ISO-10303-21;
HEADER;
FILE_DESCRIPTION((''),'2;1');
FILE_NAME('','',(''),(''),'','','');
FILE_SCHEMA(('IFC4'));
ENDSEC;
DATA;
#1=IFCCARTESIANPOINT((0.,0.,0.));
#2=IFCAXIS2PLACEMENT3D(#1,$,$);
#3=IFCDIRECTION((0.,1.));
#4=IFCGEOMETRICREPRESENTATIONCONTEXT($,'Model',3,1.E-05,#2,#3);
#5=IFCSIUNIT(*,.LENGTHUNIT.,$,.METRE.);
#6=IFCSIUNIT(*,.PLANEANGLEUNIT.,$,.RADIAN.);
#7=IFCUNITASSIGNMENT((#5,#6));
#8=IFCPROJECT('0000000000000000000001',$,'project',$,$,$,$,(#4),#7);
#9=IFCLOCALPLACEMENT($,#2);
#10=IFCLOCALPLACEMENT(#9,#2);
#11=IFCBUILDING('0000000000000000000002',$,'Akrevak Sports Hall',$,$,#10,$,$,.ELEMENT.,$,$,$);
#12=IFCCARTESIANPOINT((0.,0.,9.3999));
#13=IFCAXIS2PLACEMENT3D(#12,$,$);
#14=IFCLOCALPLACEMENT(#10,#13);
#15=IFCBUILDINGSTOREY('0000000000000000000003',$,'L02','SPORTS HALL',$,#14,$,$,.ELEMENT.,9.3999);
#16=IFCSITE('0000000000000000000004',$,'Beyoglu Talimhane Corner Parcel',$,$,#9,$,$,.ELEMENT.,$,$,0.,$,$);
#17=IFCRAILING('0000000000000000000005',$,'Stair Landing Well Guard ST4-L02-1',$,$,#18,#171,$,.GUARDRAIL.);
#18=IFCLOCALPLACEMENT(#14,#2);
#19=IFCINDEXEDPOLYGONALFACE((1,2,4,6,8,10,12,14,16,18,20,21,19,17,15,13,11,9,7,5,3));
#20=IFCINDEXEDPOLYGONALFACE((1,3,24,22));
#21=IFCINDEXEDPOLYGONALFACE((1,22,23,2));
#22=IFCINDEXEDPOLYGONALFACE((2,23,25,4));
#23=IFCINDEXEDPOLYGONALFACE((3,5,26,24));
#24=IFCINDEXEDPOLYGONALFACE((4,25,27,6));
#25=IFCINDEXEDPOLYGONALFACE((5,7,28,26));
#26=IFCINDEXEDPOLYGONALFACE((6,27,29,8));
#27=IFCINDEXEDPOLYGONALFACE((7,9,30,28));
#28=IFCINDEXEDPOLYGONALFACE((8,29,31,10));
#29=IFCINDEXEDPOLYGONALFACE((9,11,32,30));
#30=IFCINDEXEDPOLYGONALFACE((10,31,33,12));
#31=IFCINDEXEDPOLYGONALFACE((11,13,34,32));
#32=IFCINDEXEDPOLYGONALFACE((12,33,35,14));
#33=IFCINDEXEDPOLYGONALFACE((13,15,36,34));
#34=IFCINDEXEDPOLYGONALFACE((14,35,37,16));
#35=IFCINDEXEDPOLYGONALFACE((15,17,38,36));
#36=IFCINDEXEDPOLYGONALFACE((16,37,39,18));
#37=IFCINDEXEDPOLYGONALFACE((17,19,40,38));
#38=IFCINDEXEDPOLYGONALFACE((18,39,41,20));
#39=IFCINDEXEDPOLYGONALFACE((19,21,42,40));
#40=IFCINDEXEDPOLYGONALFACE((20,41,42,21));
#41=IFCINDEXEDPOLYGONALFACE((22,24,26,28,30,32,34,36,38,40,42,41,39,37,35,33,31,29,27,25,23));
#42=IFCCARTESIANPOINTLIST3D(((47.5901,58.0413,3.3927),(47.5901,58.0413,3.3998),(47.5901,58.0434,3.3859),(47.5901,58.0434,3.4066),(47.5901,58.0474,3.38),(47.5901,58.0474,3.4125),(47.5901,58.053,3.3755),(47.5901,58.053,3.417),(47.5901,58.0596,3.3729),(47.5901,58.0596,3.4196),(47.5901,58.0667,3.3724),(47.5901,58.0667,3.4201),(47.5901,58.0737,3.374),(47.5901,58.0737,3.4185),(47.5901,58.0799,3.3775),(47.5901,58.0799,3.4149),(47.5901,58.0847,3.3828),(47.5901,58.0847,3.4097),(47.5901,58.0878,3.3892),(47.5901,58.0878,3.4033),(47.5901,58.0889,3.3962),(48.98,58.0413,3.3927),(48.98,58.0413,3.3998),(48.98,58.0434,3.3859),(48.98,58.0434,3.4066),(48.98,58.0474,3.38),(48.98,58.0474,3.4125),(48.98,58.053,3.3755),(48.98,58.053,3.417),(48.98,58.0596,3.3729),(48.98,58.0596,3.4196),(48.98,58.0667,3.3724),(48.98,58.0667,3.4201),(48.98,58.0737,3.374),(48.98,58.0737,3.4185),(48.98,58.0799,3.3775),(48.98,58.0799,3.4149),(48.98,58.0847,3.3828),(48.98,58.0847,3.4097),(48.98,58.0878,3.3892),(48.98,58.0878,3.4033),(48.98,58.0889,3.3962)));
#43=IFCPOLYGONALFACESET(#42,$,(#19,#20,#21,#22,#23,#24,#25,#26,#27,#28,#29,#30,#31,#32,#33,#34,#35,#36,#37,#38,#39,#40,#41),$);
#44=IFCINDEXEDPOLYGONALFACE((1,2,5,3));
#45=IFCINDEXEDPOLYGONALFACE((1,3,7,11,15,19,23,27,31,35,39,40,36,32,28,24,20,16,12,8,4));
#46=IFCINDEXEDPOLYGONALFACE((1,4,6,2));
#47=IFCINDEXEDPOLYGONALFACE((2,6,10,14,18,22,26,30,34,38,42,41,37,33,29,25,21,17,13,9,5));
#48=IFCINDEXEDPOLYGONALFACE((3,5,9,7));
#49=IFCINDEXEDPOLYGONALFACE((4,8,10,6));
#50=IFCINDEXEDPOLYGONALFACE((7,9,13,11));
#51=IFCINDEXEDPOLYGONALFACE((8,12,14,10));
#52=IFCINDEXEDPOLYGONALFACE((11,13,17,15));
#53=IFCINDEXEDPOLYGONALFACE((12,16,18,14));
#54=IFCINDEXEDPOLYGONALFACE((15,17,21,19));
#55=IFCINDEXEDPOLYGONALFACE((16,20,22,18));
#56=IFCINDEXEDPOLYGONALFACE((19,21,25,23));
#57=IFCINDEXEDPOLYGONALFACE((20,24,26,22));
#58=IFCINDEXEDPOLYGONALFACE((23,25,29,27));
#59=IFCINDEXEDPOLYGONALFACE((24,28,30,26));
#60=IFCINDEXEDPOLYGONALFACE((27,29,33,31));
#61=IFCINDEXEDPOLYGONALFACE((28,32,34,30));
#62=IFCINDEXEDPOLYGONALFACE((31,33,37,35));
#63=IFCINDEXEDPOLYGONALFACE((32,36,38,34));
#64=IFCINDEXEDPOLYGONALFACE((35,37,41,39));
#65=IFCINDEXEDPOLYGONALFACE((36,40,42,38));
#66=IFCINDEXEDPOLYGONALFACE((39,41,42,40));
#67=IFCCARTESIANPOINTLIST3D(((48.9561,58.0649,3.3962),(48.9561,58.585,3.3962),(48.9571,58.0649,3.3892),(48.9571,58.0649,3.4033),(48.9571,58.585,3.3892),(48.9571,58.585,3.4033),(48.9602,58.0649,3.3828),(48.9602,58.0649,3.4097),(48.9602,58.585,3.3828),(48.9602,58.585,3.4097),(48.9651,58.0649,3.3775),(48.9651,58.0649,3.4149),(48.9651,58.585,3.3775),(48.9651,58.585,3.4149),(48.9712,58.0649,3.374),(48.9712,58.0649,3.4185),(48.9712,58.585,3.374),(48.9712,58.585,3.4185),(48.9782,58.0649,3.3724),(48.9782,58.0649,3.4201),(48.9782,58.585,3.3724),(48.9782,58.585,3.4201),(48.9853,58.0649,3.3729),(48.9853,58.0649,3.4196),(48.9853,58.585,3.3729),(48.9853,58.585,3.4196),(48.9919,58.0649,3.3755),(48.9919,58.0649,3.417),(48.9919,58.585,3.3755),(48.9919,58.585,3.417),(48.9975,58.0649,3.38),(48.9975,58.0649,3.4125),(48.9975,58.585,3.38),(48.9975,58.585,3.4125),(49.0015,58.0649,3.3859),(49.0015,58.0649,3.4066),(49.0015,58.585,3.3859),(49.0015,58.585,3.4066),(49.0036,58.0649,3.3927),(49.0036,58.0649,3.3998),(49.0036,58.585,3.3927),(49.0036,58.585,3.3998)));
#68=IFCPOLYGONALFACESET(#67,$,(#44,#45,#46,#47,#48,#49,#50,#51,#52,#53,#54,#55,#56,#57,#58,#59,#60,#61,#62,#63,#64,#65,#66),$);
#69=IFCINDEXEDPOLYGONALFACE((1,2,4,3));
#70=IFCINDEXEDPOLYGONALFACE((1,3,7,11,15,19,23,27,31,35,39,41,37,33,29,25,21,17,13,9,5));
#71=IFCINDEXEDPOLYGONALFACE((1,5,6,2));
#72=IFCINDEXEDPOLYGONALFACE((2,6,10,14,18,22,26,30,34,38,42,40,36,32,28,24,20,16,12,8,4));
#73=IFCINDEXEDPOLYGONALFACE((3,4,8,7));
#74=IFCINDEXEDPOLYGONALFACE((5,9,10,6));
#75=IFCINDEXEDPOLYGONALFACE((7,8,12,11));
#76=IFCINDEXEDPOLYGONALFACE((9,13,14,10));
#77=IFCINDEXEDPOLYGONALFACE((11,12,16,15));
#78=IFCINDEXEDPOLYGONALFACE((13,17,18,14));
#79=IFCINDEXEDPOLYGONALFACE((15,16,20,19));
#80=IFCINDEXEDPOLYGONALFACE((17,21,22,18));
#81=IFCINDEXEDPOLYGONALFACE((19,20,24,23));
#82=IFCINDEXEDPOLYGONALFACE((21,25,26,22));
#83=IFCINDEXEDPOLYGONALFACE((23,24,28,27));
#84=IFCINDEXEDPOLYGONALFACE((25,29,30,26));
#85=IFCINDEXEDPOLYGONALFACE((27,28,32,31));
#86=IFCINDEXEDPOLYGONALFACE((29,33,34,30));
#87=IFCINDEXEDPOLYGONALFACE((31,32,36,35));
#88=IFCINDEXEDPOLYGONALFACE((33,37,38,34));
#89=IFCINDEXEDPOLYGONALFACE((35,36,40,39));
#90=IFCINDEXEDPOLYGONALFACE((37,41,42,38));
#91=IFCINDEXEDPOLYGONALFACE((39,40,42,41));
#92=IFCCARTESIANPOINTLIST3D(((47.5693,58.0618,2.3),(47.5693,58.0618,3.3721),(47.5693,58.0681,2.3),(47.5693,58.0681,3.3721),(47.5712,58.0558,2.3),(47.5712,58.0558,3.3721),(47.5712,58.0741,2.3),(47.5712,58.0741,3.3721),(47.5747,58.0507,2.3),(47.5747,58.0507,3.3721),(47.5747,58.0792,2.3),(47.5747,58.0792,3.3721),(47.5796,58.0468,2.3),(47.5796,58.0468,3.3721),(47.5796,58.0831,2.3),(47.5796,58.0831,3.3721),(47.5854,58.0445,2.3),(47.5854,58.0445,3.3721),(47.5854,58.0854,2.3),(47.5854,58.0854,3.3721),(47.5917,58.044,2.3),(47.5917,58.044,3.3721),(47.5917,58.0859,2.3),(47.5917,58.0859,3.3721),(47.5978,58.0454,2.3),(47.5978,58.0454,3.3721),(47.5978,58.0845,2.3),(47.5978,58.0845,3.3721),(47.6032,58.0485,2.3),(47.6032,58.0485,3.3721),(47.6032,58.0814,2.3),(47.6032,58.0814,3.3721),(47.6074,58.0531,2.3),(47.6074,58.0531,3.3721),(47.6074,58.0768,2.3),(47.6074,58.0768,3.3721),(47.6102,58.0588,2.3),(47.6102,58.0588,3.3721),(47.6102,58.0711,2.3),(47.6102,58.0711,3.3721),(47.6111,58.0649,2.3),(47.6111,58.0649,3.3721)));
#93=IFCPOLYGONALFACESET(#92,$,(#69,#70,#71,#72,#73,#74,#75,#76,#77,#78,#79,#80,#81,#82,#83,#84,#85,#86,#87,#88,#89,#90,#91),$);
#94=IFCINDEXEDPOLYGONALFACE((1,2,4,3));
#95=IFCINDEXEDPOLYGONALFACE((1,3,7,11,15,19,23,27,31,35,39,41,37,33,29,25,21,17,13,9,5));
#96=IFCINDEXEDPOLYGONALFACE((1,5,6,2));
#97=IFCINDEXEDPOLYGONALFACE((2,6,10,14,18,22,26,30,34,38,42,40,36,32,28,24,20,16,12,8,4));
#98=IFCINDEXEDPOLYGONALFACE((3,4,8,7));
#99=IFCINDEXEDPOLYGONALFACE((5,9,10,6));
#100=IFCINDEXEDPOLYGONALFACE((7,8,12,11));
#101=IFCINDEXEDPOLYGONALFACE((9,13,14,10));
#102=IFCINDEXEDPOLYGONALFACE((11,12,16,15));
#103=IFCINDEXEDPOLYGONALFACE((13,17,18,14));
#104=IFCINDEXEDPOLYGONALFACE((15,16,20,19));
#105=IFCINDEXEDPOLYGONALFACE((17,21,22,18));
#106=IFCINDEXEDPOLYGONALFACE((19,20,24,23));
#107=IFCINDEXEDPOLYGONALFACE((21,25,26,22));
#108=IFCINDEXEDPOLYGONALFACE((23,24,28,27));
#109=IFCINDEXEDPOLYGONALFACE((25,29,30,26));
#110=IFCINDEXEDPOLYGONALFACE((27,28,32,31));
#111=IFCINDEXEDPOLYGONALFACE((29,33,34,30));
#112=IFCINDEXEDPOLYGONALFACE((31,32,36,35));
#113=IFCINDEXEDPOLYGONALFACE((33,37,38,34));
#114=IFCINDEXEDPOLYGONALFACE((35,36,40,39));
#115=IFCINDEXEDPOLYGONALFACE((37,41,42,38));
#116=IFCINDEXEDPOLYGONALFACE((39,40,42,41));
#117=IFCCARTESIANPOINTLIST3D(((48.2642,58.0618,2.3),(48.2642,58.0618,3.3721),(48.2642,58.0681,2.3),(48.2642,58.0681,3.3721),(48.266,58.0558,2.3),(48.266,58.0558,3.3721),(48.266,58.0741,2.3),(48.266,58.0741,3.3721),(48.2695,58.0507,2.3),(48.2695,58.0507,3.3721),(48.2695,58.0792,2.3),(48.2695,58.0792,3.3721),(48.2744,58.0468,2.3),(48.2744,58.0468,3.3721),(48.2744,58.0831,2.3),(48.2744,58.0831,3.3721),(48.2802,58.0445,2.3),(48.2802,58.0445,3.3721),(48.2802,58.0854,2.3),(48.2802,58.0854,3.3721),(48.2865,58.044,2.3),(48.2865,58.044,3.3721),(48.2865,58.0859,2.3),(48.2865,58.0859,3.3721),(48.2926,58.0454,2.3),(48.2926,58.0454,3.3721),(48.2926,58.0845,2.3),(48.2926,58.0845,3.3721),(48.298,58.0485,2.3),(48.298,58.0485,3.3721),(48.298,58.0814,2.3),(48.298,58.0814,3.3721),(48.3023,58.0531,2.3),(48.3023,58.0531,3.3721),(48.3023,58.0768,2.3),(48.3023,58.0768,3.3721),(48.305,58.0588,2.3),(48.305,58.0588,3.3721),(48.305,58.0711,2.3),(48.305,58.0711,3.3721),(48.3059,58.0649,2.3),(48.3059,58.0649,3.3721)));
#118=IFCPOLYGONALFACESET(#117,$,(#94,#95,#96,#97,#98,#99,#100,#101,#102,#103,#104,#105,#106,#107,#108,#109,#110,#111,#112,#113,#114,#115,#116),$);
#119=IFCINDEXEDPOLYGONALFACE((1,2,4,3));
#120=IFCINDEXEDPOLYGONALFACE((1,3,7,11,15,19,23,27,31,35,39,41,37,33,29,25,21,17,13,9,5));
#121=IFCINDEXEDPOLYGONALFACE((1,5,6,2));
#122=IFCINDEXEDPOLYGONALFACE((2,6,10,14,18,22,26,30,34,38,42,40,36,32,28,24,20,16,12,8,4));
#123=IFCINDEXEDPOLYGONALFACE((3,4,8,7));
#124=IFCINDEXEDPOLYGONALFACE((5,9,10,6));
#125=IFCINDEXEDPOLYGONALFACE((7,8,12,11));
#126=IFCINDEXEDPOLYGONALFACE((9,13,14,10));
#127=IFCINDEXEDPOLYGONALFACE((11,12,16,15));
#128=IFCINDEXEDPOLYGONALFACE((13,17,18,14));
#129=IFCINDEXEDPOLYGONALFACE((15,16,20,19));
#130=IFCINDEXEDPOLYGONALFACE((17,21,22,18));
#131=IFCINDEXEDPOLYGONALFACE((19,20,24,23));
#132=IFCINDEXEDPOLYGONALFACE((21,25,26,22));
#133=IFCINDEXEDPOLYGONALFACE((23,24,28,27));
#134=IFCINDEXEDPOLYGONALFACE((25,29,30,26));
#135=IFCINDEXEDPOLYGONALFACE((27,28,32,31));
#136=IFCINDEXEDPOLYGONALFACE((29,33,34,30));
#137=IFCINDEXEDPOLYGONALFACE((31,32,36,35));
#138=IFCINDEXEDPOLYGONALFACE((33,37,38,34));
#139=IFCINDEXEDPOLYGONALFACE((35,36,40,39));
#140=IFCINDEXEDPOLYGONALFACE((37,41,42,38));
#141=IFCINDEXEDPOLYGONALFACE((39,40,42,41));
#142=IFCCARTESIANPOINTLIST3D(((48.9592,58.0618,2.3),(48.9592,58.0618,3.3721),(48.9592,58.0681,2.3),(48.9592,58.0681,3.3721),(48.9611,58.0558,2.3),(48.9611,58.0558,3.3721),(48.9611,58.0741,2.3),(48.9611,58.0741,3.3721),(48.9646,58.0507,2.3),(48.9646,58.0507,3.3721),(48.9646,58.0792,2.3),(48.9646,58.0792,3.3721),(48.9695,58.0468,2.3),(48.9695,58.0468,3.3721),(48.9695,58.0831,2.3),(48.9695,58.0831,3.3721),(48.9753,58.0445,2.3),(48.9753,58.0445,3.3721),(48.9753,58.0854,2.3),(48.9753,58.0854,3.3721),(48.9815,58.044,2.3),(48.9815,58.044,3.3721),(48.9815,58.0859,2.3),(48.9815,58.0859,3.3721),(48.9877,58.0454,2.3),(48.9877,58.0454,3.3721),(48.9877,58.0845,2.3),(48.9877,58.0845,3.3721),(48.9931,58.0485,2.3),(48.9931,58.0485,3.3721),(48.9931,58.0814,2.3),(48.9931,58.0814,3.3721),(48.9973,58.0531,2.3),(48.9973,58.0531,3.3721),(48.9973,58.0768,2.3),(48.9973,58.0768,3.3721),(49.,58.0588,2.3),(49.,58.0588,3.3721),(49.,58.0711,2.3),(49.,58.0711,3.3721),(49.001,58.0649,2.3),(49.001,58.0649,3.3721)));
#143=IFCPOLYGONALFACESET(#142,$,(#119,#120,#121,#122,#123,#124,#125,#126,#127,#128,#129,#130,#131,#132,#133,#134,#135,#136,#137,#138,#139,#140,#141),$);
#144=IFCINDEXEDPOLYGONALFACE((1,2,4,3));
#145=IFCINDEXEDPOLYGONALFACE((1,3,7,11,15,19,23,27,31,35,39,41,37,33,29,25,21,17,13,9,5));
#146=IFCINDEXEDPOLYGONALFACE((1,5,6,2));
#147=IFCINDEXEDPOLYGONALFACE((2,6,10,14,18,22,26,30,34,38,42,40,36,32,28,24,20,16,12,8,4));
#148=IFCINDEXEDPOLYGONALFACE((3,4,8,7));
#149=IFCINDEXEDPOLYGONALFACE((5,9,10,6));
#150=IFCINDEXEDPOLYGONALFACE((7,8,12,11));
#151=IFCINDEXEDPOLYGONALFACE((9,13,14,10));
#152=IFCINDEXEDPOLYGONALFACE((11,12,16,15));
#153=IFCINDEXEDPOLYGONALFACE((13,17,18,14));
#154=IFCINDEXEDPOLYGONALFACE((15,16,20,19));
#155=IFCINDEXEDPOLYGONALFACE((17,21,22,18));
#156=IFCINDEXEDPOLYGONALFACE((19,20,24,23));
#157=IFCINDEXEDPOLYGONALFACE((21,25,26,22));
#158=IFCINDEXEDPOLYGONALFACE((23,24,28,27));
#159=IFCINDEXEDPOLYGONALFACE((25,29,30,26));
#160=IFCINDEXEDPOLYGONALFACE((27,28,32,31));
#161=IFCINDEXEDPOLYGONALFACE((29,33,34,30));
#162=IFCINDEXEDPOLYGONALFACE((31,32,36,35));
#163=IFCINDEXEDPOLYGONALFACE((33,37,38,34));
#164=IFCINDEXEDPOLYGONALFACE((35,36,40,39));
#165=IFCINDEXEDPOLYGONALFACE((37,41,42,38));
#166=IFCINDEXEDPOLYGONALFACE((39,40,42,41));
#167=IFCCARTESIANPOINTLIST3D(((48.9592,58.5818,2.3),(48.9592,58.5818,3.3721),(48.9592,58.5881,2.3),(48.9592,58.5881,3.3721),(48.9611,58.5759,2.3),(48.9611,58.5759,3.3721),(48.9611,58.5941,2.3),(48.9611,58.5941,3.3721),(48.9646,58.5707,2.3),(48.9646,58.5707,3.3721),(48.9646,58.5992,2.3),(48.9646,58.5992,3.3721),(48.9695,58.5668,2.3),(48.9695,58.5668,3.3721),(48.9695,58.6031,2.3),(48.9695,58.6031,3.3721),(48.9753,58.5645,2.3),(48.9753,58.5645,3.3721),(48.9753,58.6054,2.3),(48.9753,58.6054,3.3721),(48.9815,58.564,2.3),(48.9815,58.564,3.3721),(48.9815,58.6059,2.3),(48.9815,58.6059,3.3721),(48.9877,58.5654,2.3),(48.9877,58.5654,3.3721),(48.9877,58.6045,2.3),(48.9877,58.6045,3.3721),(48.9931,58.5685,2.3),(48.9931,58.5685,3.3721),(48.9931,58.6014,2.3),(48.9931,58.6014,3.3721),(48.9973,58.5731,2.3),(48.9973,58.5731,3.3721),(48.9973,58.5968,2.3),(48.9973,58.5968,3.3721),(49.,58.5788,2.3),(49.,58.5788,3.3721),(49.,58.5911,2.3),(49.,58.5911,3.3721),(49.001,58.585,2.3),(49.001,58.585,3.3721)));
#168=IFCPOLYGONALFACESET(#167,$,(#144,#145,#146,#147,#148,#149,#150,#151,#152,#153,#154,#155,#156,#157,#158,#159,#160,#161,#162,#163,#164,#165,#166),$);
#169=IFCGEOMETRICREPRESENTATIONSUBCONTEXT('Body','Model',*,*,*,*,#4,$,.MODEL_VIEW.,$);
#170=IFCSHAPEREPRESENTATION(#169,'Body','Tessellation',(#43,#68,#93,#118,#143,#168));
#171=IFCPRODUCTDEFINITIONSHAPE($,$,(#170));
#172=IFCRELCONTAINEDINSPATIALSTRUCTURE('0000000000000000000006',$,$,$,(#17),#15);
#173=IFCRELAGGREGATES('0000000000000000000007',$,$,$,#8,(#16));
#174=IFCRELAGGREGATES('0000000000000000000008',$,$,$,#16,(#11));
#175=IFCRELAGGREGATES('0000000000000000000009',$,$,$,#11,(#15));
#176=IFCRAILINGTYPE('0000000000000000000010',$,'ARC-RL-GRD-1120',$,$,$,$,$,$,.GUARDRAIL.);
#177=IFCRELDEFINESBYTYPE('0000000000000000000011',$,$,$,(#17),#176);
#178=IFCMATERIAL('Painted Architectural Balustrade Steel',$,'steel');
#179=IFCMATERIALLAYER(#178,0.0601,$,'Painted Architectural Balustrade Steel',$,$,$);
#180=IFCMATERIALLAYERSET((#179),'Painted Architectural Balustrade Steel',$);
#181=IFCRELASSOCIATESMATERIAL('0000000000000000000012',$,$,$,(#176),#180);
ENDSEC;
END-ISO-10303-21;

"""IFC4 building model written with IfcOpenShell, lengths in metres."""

from ifc_helpers import new_model, si_unit, direction, frame, origin, origin_2d, place, context, subcontext, project, spatial, circle, extrude, material, layer, layer_set, type_object, element, save


model = new_model("IFC4")

# Units and contexts
model_context = context("Model", 3, precision=1e-05, world=origin(), true_north=direction((0.0, 1.0)))
body_context = subcontext(model_context, "Body", "Model", "MODEL_VIEW")
ifc_project = project(units=[si_unit("LENGTHUNIT", "METRE"), si_unit("PLANEANGLEUNIT", "RADIAN")], contexts=[model_context])

# Site, building, storey
site_placement = place(None, origin())
site = spatial("IfcSite", under=ifc_project, at=site_placement, Name="Beyoglu Talimhane Corner Parcel", CompositionType="ELEMENT", RefElevation=0.0)
building_placement = place(site_placement, origin())
building = spatial("IfcBuilding", under=site, at=building_placement, Name="Akrevak Sports Hall", CompositionType="ELEMENT")
storey_placement = place(building_placement, frame((0.0, 0.0, 9.3999)))
storey = spatial("IfcBuildingStorey", under=building, at=storey_placement, Name="L02", Description="SPORTS HALL", CompositionType="ELEMENT", Elevation=9.3999)

# Railing
ifc_material_1 = material(Name="Painted Architectural Balustrade Steel", Category="steel")
ifc_layer_1 = layer(ifc_material_1, 0.0601, Name="Painted Architectural Balustrade Steel")
ifc_layer_set_1 = layer_set([ifc_layer_1], Name="Painted Architectural Balustrade Steel")
railing_type_1 = type_object("IfcRailingType", Name="ARC-RL-GRD-1120", PredefinedType="GUARDRAIL", material=ifc_layer_set_1)
railing_1_placement = place(storey_placement, frame((47.5901, 58.0649, 2.3)))
element("IfcRailing", 1, at=railing_1_placement, inside=storey, type_object=railing_type_1, Name="Stair Landing Well Guard ST4-L02-1", PredefinedType="GUARDRAIL", context=body_context, shape_type="SweptSolid", body=[
    extrude(circle(Radius=0.0239, at=origin_2d()), frame((0.0, 0.0, 1.0962), z_axis=(1.0, 0.0, 0.0), x_axis=(0.0, 1.0, 0.0)), (0.0, 0.0, 1.0), 1.3899),
    extrude(circle(Radius=0.0239, at=origin_2d()), frame((1.3899, 0.0, 1.0962), z_axis=(0.0, 1.0, 0.0), x_axis=(-1.0, 0.0, 0.0)), (0.0, 0.0, 1.0), 0.52),
    extrude(circle(Radius=0.021, at=origin_2d()), origin(), (0.0, 0.0, 1.0), 1.072),
    extrude(circle(Radius=0.021, at=origin_2d()), frame((0.6948, 0.0, 0.0)), (0.0, 0.0, 1.0), 1.072),
    extrude(circle(Radius=0.021, at=origin_2d()), frame((1.3899, 0.0, 0.0)), (0.0, 0.0, 1.0), 1.072),
    extrude(circle(Radius=0.021, at=origin_2d()), frame((1.3899, 0.52, 0.0)), (0.0, 0.0, 1.0), 1.072),
])

save(model, "model.ifc")
